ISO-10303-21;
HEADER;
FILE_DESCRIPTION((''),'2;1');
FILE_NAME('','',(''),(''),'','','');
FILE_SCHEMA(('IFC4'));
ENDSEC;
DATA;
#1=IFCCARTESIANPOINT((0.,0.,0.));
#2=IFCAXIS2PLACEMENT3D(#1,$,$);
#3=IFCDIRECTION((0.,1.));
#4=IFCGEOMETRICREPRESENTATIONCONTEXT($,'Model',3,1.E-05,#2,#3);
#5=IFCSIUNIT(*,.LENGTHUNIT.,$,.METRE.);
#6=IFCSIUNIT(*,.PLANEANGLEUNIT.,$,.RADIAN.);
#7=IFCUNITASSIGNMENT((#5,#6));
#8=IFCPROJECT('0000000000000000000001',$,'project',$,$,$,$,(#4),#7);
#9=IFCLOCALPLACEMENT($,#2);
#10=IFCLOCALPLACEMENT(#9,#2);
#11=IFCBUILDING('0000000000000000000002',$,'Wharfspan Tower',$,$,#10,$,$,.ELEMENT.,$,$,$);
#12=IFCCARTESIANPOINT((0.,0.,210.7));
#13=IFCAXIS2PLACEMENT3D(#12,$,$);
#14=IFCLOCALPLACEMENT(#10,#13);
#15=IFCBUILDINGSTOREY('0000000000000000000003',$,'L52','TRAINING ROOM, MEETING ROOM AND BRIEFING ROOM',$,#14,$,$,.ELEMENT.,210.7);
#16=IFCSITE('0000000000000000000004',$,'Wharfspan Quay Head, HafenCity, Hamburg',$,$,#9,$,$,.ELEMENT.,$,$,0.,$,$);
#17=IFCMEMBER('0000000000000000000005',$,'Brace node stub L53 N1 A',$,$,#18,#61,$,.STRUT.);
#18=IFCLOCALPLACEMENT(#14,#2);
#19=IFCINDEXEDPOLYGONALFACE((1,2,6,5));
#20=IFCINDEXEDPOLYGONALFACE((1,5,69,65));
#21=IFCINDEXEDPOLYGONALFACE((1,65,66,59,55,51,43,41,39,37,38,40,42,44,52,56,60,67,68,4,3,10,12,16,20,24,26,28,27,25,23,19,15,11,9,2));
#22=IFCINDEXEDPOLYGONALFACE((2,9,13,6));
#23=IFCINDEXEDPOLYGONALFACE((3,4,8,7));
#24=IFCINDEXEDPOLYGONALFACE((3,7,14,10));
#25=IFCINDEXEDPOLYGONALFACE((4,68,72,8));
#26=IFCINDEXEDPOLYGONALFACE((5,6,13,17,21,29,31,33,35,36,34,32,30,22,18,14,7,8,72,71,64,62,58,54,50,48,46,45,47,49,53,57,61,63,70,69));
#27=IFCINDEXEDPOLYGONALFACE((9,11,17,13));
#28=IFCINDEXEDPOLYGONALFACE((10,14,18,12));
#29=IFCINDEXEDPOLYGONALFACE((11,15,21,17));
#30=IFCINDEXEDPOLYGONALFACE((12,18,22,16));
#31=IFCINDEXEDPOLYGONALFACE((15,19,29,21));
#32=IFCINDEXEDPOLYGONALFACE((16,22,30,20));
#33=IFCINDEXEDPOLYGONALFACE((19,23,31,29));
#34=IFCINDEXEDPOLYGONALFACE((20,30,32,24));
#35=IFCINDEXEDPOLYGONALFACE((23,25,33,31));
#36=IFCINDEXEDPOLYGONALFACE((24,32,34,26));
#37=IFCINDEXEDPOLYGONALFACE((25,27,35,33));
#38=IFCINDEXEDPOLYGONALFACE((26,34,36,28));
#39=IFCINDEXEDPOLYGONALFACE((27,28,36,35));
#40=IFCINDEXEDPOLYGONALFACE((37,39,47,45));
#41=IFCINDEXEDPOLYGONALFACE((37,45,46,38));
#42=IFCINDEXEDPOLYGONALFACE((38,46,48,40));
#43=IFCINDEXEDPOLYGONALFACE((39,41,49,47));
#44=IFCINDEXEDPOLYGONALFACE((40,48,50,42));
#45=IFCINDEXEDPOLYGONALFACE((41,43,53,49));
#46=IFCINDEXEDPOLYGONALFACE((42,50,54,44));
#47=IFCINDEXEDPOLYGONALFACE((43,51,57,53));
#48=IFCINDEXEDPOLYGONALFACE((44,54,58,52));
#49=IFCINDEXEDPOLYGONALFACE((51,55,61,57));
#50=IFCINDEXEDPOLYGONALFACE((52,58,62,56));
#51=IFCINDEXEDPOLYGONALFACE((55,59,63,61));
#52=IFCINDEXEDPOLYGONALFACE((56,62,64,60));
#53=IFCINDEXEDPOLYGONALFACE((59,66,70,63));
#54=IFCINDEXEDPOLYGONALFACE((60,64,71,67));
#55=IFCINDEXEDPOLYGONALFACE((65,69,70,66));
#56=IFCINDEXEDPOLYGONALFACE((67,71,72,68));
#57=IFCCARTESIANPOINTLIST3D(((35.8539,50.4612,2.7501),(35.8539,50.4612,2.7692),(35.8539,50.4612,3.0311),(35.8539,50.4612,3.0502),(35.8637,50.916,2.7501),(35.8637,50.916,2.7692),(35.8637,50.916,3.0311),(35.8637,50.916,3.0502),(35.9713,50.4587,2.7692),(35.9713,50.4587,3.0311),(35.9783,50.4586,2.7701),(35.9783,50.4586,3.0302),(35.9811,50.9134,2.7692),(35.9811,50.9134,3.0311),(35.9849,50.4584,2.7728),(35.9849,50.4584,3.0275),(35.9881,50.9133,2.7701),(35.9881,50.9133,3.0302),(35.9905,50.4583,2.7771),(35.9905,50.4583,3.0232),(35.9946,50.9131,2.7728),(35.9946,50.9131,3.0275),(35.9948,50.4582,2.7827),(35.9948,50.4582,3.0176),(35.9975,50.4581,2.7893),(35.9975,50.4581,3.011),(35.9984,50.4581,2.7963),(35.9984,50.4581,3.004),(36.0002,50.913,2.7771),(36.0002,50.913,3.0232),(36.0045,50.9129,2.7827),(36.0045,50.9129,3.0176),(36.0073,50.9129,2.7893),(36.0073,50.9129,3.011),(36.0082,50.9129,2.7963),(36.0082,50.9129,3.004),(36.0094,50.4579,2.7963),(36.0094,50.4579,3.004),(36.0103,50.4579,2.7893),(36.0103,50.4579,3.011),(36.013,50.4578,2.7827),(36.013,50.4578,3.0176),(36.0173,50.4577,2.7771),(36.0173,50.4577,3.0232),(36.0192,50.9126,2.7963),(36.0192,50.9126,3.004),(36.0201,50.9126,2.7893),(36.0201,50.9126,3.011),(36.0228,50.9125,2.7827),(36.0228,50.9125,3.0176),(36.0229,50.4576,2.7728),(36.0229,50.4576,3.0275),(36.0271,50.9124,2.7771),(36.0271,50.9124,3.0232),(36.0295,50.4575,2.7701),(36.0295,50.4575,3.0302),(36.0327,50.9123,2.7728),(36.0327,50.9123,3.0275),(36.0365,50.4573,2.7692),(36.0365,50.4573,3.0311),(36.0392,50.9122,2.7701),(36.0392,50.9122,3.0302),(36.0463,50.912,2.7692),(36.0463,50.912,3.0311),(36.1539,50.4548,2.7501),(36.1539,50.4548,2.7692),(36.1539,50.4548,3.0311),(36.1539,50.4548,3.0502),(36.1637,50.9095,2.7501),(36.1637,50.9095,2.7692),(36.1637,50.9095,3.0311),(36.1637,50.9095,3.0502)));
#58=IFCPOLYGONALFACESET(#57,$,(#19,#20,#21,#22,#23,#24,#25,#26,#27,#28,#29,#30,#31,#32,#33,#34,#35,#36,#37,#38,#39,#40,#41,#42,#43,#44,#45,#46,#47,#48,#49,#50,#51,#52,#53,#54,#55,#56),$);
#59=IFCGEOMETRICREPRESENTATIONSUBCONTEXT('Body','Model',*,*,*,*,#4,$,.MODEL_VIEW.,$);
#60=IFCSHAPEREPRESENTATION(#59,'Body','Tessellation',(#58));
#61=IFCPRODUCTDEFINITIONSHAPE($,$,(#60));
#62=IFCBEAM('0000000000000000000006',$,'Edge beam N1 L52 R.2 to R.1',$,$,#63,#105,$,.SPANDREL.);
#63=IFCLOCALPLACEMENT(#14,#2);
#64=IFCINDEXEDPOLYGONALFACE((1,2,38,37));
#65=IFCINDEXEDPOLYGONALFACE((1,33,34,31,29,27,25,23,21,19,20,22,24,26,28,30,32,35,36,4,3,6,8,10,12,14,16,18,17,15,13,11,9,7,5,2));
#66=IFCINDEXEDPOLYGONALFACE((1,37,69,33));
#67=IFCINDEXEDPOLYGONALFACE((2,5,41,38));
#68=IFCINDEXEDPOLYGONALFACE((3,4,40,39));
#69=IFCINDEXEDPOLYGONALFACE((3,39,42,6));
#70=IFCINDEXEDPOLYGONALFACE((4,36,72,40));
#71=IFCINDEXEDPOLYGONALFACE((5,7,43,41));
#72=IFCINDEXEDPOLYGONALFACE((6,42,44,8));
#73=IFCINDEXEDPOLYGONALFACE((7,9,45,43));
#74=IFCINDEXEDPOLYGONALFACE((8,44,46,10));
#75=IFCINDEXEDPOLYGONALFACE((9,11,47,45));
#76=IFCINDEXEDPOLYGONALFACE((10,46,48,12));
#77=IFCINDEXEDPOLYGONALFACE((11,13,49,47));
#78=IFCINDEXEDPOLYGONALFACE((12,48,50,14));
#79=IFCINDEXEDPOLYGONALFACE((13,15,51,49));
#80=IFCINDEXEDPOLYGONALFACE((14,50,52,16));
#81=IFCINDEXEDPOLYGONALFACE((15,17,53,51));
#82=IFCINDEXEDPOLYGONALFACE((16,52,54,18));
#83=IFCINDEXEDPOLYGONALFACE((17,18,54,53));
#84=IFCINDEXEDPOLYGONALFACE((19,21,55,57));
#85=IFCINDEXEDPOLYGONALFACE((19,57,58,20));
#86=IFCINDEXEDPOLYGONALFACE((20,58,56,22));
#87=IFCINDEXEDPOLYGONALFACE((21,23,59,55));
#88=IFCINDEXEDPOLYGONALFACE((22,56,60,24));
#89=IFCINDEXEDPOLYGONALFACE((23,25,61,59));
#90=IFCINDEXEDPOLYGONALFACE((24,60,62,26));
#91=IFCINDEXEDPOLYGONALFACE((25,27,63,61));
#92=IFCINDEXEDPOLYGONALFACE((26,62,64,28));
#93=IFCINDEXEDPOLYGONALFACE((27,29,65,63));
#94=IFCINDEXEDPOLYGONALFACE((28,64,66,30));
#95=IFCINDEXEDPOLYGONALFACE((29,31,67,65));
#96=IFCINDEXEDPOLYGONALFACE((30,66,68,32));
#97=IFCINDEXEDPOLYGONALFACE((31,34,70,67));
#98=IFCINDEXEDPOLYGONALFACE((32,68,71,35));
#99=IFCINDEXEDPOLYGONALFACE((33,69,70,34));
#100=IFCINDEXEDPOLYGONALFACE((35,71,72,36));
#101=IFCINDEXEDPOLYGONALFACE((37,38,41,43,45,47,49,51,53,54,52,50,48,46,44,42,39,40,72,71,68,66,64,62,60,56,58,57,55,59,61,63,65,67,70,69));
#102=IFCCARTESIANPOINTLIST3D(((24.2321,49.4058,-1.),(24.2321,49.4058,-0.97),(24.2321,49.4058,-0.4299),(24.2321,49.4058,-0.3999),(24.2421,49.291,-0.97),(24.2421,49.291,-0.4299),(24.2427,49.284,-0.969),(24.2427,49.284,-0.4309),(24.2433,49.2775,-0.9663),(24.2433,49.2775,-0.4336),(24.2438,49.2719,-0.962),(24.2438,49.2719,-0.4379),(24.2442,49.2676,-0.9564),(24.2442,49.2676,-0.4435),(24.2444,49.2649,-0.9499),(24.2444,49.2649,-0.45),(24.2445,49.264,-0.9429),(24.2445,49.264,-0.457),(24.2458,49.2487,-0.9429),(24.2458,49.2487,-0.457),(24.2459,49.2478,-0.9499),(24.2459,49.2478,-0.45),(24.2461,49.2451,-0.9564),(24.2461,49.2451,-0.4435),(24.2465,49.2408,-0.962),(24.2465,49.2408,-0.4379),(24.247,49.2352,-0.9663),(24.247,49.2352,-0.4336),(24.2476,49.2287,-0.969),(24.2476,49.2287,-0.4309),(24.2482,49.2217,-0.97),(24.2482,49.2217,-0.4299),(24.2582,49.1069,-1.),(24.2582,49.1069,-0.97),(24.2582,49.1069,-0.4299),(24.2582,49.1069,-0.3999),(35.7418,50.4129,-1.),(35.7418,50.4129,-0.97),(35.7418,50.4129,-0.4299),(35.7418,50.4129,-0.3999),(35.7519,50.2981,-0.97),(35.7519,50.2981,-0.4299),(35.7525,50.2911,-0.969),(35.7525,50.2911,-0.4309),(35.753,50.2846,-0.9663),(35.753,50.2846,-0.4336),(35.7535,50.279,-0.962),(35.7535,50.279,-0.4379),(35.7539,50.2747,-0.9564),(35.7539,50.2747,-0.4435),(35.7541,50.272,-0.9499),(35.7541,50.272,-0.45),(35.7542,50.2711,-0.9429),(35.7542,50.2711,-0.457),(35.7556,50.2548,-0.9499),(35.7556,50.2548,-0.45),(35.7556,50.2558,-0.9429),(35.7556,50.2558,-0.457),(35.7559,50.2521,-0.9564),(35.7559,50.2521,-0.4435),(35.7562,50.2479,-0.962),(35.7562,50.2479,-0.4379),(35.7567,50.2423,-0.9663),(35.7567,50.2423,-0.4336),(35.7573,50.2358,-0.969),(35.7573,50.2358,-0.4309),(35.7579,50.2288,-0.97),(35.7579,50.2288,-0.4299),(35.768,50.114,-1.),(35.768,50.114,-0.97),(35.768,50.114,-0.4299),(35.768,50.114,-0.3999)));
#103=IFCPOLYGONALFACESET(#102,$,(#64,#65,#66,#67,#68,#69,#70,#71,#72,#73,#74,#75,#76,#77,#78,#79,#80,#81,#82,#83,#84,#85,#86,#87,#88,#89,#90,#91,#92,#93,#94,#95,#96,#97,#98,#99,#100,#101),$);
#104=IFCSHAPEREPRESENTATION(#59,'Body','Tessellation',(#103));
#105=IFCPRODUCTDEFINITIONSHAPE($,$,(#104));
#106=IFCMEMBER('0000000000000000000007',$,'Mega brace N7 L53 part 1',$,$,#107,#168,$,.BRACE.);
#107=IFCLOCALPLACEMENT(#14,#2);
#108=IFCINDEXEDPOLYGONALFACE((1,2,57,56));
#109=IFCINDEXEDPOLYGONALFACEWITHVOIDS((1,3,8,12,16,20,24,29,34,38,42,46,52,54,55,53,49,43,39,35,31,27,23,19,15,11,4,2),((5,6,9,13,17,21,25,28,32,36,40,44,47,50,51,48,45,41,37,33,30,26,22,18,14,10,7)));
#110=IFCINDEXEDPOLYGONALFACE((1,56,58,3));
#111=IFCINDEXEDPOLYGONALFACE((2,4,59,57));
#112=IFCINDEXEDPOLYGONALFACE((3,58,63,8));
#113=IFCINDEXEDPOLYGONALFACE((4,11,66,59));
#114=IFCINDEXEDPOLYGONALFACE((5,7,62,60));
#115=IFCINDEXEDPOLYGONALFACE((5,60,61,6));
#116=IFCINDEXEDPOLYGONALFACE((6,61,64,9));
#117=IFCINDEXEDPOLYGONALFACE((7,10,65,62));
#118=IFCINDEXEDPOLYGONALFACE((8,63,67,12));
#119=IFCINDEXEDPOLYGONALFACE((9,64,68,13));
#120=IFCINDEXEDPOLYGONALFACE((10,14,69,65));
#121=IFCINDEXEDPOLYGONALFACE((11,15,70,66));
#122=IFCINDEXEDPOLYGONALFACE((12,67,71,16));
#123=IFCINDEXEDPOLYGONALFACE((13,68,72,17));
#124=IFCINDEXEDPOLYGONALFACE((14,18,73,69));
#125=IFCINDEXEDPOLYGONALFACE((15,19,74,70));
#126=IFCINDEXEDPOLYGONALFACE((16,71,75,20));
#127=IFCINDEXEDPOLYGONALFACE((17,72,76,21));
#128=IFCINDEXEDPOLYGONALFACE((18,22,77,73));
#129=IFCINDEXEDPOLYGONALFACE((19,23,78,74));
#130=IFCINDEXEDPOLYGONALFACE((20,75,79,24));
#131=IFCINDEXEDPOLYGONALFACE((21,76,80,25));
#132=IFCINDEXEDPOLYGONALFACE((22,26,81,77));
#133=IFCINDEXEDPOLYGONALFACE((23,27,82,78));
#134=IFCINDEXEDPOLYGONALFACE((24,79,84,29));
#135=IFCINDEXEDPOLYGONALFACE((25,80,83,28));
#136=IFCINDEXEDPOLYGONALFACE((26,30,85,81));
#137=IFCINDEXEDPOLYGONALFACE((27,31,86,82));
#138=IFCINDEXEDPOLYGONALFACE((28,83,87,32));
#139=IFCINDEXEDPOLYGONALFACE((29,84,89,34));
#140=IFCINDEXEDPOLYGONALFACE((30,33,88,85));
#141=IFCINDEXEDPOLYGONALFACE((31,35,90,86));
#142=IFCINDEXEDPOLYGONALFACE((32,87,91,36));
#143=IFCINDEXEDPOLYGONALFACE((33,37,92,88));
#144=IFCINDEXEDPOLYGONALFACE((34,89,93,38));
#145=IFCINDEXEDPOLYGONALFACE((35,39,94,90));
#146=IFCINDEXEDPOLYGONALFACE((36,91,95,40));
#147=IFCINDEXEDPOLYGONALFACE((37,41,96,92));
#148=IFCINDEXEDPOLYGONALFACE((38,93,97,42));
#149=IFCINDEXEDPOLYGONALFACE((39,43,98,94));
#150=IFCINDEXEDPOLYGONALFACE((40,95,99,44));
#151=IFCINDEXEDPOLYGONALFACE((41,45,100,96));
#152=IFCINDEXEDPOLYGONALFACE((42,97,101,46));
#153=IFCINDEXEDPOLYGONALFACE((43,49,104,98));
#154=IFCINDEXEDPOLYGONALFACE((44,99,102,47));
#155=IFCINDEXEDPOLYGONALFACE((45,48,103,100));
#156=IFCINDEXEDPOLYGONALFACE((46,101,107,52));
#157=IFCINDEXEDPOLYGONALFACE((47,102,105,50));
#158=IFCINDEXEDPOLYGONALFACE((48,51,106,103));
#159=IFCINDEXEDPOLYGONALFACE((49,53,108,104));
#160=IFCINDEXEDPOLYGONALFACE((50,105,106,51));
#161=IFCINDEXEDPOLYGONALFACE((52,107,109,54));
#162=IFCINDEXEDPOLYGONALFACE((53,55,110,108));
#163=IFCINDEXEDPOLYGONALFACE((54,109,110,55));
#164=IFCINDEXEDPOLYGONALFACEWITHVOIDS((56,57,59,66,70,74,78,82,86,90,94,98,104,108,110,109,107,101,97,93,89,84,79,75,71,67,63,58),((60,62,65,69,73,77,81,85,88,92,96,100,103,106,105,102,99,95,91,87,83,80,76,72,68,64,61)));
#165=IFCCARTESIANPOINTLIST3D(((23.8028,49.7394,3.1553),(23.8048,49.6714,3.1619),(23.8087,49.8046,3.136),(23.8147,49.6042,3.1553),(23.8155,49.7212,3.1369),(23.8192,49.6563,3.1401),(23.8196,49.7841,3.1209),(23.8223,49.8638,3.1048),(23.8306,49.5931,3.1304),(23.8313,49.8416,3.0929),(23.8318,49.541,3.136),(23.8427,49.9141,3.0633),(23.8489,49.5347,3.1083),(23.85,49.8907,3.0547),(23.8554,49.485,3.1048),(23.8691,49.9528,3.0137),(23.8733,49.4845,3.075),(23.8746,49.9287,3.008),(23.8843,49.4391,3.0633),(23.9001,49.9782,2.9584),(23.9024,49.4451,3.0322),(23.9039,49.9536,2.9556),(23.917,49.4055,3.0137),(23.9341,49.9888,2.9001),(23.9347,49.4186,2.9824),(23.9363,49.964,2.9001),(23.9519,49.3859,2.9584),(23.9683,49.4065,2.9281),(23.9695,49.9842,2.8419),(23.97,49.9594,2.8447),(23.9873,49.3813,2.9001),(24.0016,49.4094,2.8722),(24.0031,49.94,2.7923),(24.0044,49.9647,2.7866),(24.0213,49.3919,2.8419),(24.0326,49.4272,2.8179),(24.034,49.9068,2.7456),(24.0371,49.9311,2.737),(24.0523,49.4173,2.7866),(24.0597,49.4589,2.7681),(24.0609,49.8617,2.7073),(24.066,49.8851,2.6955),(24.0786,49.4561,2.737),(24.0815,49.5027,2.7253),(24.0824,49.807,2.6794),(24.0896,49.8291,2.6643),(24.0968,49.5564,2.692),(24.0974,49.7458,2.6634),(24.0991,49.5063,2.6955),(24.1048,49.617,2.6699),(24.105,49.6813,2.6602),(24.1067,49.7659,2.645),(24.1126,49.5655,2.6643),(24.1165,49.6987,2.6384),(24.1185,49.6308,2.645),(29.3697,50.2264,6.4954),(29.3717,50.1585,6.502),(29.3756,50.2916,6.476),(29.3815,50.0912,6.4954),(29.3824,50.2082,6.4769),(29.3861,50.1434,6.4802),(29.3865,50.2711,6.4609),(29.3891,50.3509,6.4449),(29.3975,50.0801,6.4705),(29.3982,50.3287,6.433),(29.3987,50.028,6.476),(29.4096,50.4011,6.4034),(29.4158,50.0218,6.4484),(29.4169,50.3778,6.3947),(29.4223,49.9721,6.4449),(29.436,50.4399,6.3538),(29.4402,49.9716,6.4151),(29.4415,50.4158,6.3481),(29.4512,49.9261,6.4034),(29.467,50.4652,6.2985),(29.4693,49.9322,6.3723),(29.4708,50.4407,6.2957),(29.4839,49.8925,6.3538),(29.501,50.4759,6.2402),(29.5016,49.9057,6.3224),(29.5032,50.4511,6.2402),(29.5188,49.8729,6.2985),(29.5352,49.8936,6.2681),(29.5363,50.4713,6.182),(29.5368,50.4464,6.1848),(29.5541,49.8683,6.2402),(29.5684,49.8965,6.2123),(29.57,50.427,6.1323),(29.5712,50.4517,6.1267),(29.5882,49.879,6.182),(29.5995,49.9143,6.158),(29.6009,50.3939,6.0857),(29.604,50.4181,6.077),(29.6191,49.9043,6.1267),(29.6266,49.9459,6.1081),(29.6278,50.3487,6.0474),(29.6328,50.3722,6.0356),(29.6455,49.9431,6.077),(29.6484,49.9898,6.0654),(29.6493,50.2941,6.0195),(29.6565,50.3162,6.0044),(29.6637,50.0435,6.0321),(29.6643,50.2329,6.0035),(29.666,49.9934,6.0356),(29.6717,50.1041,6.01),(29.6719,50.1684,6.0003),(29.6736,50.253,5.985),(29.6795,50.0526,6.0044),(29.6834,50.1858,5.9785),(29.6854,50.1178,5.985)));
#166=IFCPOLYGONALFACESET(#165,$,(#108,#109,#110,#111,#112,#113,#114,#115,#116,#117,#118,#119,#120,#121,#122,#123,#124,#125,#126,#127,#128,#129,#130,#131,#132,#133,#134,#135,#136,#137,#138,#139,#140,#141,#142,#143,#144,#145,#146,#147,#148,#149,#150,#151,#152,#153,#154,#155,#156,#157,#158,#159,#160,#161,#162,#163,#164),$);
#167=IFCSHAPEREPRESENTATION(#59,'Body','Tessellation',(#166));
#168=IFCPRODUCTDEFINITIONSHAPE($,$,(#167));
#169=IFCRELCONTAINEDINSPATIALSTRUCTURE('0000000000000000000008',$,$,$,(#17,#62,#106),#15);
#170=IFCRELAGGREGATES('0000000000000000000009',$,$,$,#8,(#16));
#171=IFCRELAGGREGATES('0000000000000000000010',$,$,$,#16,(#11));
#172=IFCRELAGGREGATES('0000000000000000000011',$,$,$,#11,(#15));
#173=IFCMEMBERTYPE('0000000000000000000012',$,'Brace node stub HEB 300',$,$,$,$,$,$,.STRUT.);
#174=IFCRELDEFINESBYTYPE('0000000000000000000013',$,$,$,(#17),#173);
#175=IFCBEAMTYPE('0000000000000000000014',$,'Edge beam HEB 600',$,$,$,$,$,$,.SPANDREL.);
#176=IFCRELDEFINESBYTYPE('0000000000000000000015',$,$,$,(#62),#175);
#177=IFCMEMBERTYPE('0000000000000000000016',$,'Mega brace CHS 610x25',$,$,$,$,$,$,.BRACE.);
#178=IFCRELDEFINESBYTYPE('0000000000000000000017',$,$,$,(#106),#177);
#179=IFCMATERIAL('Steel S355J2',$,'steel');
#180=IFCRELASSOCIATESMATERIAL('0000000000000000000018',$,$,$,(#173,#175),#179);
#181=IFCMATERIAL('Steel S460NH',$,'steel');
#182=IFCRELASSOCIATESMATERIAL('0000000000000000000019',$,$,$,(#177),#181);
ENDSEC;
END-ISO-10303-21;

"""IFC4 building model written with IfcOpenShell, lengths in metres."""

from ifc_helpers import new_model, si_unit, direction, frame, origin, origin_2d, place, context, subcontext, project, spatial, hollow_circle, i_section, extrude, material, material_profile, profile_set, type_object, element, save


model = new_model("IFC4")

# Units and contexts
model_context = context("Model", 3, precision=1e-05, world=origin(), true_north=direction((0.0, 1.0)))
body_context = subcontext(model_context, "Body", "Model", "MODEL_VIEW")
ifc_project = project(units=[si_unit("LENGTHUNIT", "METRE"), si_unit("PLANEANGLEUNIT", "RADIAN")], contexts=[model_context])

# Site, building, storey
site_placement = place(None, origin())
site = spatial("IfcSite", under=ifc_project, at=site_placement, Name="Wharfspan Quay Head, HafenCity, Hamburg", CompositionType="ELEMENT", RefElevation=0.0)
building_placement = place(site_placement, origin())
building = spatial("IfcBuilding", under=site, at=building_placement, Name="Wharfspan Tower", CompositionType="ELEMENT")
storey_placement = place(building_placement, frame((0.0, 0.0, 210.7)))
storey = spatial("IfcBuildingStorey", under=building, at=storey_placement, Name="L52", Description="TRAINING ROOM, MEETING ROOM AND BRIEFING ROOM", CompositionType="ELEMENT", Elevation=210.7)

# Shared definitions
ifc_material_1 = material(Name="Steel S355J2", Category="steel")

# Member
ifc_material_profile_1 = material_profile(ifc_material_1, i_section(OverallWidth=0.3, OverallDepth=0.3, WebThickness=0.011, FlangeThickness=0.019, FilletRadius=0.0271, at=origin_2d()))
ifc_profile_set_1 = profile_set([ifc_material_profile_1], Name="Steel S355J2")
member_type_1 = type_object("IfcMemberType", Name="Brace node stub HEB 300", PredefinedType="STRUT", material=ifc_profile_set_1)
member_1_placement = place(storey_placement, frame((36.0039, 50.458, 2.9001), z_axis=(0.021466, 0.99977, 0.0), x_axis=(-0.99977, 0.021466, 0.0)))
element("IfcMember", 1, at=member_1_placement, inside=storey, type_object=member_type_1, Name="Brace node stub L53 N1 A", PredefinedType="STRUT", context=body_context, shape_type="SweptSolid", body=[
    extrude(i_section(OverallWidth=0.3, OverallDepth=0.3, WebThickness=0.011, FlangeThickness=0.019, FilletRadius=0.0271, at=origin_2d()), origin(), (0.0, 0.0, 1.0), 0.4548),
])

# Beam
ifc_material_profile_2 = material_profile(ifc_material_1, i_section(OverallWidth=0.3, OverallDepth=0.6001, WebThickness=0.0154, FlangeThickness=0.03, FilletRadius=0.0271, at=origin_2d()))
ifc_profile_set_2 = profile_set([ifc_material_profile_2], Name="Steel S355J2")
beam_type = type_object("IfcBeamType", Name="Edge beam HEB 600", PredefinedType="SPANDREL", material=ifc_profile_set_2)
beam_placement = place(storey_placement, frame((35.7549, 50.2634, -0.7), z_axis=(-0.996194, -0.087165, 0.0), x_axis=(0.087165, -0.996194, 0.0)))
element("IfcBeam", 2, at=beam_placement, inside=storey, type_object=beam_type, Name="Edge beam N1 L52 R.2 to R.1", PredefinedType="SPANDREL", context=body_context, shape_type="SweptSolid", body=[
    extrude(i_section(OverallWidth=0.3, OverallDepth=0.6001, WebThickness=0.0154, FlangeThickness=0.03, FilletRadius=0.0271, at=origin_2d()), origin(), (0.0, 0.0, 1.0), 11.5537),
])

# Member
ifc_material_2 = material(Name="Steel S460NH", Category="steel")
ifc_material_profile_3 = material_profile(ifc_material_2, hollow_circle(Radius=0.3049, WallThickness=0.0249, at=origin_2d()))
ifc_profile_set_3 = profile_set([ifc_material_profile_3], Name="Steel S460NH")
member_type_2 = type_object("IfcMemberType", Name="Mega brace CHS 610x25", PredefinedType="BRACE", material=ifc_profile_set_3)
member_2_placement = place(storey_placement, frame((23.9607, 49.6851, 2.9001), z_axis=(0.855093, 0.074814, 0.513048), x_axis=(-0.087159, 0.996198, -0.000001)))
element("IfcMember", 3, at=member_2_placement, inside=storey, type_object=member_type_2, Name="Mega brace N7 L53 part 1", PredefinedType="BRACE", context=body_context, shape_type="SweptSolid", body=[
    extrude(hollow_circle(Radius=0.3049, WallThickness=0.0249, at=origin_2d()), origin(), (0.0, 0.0, 1.0), 6.5103),
])

save(model, "model.ifc")
